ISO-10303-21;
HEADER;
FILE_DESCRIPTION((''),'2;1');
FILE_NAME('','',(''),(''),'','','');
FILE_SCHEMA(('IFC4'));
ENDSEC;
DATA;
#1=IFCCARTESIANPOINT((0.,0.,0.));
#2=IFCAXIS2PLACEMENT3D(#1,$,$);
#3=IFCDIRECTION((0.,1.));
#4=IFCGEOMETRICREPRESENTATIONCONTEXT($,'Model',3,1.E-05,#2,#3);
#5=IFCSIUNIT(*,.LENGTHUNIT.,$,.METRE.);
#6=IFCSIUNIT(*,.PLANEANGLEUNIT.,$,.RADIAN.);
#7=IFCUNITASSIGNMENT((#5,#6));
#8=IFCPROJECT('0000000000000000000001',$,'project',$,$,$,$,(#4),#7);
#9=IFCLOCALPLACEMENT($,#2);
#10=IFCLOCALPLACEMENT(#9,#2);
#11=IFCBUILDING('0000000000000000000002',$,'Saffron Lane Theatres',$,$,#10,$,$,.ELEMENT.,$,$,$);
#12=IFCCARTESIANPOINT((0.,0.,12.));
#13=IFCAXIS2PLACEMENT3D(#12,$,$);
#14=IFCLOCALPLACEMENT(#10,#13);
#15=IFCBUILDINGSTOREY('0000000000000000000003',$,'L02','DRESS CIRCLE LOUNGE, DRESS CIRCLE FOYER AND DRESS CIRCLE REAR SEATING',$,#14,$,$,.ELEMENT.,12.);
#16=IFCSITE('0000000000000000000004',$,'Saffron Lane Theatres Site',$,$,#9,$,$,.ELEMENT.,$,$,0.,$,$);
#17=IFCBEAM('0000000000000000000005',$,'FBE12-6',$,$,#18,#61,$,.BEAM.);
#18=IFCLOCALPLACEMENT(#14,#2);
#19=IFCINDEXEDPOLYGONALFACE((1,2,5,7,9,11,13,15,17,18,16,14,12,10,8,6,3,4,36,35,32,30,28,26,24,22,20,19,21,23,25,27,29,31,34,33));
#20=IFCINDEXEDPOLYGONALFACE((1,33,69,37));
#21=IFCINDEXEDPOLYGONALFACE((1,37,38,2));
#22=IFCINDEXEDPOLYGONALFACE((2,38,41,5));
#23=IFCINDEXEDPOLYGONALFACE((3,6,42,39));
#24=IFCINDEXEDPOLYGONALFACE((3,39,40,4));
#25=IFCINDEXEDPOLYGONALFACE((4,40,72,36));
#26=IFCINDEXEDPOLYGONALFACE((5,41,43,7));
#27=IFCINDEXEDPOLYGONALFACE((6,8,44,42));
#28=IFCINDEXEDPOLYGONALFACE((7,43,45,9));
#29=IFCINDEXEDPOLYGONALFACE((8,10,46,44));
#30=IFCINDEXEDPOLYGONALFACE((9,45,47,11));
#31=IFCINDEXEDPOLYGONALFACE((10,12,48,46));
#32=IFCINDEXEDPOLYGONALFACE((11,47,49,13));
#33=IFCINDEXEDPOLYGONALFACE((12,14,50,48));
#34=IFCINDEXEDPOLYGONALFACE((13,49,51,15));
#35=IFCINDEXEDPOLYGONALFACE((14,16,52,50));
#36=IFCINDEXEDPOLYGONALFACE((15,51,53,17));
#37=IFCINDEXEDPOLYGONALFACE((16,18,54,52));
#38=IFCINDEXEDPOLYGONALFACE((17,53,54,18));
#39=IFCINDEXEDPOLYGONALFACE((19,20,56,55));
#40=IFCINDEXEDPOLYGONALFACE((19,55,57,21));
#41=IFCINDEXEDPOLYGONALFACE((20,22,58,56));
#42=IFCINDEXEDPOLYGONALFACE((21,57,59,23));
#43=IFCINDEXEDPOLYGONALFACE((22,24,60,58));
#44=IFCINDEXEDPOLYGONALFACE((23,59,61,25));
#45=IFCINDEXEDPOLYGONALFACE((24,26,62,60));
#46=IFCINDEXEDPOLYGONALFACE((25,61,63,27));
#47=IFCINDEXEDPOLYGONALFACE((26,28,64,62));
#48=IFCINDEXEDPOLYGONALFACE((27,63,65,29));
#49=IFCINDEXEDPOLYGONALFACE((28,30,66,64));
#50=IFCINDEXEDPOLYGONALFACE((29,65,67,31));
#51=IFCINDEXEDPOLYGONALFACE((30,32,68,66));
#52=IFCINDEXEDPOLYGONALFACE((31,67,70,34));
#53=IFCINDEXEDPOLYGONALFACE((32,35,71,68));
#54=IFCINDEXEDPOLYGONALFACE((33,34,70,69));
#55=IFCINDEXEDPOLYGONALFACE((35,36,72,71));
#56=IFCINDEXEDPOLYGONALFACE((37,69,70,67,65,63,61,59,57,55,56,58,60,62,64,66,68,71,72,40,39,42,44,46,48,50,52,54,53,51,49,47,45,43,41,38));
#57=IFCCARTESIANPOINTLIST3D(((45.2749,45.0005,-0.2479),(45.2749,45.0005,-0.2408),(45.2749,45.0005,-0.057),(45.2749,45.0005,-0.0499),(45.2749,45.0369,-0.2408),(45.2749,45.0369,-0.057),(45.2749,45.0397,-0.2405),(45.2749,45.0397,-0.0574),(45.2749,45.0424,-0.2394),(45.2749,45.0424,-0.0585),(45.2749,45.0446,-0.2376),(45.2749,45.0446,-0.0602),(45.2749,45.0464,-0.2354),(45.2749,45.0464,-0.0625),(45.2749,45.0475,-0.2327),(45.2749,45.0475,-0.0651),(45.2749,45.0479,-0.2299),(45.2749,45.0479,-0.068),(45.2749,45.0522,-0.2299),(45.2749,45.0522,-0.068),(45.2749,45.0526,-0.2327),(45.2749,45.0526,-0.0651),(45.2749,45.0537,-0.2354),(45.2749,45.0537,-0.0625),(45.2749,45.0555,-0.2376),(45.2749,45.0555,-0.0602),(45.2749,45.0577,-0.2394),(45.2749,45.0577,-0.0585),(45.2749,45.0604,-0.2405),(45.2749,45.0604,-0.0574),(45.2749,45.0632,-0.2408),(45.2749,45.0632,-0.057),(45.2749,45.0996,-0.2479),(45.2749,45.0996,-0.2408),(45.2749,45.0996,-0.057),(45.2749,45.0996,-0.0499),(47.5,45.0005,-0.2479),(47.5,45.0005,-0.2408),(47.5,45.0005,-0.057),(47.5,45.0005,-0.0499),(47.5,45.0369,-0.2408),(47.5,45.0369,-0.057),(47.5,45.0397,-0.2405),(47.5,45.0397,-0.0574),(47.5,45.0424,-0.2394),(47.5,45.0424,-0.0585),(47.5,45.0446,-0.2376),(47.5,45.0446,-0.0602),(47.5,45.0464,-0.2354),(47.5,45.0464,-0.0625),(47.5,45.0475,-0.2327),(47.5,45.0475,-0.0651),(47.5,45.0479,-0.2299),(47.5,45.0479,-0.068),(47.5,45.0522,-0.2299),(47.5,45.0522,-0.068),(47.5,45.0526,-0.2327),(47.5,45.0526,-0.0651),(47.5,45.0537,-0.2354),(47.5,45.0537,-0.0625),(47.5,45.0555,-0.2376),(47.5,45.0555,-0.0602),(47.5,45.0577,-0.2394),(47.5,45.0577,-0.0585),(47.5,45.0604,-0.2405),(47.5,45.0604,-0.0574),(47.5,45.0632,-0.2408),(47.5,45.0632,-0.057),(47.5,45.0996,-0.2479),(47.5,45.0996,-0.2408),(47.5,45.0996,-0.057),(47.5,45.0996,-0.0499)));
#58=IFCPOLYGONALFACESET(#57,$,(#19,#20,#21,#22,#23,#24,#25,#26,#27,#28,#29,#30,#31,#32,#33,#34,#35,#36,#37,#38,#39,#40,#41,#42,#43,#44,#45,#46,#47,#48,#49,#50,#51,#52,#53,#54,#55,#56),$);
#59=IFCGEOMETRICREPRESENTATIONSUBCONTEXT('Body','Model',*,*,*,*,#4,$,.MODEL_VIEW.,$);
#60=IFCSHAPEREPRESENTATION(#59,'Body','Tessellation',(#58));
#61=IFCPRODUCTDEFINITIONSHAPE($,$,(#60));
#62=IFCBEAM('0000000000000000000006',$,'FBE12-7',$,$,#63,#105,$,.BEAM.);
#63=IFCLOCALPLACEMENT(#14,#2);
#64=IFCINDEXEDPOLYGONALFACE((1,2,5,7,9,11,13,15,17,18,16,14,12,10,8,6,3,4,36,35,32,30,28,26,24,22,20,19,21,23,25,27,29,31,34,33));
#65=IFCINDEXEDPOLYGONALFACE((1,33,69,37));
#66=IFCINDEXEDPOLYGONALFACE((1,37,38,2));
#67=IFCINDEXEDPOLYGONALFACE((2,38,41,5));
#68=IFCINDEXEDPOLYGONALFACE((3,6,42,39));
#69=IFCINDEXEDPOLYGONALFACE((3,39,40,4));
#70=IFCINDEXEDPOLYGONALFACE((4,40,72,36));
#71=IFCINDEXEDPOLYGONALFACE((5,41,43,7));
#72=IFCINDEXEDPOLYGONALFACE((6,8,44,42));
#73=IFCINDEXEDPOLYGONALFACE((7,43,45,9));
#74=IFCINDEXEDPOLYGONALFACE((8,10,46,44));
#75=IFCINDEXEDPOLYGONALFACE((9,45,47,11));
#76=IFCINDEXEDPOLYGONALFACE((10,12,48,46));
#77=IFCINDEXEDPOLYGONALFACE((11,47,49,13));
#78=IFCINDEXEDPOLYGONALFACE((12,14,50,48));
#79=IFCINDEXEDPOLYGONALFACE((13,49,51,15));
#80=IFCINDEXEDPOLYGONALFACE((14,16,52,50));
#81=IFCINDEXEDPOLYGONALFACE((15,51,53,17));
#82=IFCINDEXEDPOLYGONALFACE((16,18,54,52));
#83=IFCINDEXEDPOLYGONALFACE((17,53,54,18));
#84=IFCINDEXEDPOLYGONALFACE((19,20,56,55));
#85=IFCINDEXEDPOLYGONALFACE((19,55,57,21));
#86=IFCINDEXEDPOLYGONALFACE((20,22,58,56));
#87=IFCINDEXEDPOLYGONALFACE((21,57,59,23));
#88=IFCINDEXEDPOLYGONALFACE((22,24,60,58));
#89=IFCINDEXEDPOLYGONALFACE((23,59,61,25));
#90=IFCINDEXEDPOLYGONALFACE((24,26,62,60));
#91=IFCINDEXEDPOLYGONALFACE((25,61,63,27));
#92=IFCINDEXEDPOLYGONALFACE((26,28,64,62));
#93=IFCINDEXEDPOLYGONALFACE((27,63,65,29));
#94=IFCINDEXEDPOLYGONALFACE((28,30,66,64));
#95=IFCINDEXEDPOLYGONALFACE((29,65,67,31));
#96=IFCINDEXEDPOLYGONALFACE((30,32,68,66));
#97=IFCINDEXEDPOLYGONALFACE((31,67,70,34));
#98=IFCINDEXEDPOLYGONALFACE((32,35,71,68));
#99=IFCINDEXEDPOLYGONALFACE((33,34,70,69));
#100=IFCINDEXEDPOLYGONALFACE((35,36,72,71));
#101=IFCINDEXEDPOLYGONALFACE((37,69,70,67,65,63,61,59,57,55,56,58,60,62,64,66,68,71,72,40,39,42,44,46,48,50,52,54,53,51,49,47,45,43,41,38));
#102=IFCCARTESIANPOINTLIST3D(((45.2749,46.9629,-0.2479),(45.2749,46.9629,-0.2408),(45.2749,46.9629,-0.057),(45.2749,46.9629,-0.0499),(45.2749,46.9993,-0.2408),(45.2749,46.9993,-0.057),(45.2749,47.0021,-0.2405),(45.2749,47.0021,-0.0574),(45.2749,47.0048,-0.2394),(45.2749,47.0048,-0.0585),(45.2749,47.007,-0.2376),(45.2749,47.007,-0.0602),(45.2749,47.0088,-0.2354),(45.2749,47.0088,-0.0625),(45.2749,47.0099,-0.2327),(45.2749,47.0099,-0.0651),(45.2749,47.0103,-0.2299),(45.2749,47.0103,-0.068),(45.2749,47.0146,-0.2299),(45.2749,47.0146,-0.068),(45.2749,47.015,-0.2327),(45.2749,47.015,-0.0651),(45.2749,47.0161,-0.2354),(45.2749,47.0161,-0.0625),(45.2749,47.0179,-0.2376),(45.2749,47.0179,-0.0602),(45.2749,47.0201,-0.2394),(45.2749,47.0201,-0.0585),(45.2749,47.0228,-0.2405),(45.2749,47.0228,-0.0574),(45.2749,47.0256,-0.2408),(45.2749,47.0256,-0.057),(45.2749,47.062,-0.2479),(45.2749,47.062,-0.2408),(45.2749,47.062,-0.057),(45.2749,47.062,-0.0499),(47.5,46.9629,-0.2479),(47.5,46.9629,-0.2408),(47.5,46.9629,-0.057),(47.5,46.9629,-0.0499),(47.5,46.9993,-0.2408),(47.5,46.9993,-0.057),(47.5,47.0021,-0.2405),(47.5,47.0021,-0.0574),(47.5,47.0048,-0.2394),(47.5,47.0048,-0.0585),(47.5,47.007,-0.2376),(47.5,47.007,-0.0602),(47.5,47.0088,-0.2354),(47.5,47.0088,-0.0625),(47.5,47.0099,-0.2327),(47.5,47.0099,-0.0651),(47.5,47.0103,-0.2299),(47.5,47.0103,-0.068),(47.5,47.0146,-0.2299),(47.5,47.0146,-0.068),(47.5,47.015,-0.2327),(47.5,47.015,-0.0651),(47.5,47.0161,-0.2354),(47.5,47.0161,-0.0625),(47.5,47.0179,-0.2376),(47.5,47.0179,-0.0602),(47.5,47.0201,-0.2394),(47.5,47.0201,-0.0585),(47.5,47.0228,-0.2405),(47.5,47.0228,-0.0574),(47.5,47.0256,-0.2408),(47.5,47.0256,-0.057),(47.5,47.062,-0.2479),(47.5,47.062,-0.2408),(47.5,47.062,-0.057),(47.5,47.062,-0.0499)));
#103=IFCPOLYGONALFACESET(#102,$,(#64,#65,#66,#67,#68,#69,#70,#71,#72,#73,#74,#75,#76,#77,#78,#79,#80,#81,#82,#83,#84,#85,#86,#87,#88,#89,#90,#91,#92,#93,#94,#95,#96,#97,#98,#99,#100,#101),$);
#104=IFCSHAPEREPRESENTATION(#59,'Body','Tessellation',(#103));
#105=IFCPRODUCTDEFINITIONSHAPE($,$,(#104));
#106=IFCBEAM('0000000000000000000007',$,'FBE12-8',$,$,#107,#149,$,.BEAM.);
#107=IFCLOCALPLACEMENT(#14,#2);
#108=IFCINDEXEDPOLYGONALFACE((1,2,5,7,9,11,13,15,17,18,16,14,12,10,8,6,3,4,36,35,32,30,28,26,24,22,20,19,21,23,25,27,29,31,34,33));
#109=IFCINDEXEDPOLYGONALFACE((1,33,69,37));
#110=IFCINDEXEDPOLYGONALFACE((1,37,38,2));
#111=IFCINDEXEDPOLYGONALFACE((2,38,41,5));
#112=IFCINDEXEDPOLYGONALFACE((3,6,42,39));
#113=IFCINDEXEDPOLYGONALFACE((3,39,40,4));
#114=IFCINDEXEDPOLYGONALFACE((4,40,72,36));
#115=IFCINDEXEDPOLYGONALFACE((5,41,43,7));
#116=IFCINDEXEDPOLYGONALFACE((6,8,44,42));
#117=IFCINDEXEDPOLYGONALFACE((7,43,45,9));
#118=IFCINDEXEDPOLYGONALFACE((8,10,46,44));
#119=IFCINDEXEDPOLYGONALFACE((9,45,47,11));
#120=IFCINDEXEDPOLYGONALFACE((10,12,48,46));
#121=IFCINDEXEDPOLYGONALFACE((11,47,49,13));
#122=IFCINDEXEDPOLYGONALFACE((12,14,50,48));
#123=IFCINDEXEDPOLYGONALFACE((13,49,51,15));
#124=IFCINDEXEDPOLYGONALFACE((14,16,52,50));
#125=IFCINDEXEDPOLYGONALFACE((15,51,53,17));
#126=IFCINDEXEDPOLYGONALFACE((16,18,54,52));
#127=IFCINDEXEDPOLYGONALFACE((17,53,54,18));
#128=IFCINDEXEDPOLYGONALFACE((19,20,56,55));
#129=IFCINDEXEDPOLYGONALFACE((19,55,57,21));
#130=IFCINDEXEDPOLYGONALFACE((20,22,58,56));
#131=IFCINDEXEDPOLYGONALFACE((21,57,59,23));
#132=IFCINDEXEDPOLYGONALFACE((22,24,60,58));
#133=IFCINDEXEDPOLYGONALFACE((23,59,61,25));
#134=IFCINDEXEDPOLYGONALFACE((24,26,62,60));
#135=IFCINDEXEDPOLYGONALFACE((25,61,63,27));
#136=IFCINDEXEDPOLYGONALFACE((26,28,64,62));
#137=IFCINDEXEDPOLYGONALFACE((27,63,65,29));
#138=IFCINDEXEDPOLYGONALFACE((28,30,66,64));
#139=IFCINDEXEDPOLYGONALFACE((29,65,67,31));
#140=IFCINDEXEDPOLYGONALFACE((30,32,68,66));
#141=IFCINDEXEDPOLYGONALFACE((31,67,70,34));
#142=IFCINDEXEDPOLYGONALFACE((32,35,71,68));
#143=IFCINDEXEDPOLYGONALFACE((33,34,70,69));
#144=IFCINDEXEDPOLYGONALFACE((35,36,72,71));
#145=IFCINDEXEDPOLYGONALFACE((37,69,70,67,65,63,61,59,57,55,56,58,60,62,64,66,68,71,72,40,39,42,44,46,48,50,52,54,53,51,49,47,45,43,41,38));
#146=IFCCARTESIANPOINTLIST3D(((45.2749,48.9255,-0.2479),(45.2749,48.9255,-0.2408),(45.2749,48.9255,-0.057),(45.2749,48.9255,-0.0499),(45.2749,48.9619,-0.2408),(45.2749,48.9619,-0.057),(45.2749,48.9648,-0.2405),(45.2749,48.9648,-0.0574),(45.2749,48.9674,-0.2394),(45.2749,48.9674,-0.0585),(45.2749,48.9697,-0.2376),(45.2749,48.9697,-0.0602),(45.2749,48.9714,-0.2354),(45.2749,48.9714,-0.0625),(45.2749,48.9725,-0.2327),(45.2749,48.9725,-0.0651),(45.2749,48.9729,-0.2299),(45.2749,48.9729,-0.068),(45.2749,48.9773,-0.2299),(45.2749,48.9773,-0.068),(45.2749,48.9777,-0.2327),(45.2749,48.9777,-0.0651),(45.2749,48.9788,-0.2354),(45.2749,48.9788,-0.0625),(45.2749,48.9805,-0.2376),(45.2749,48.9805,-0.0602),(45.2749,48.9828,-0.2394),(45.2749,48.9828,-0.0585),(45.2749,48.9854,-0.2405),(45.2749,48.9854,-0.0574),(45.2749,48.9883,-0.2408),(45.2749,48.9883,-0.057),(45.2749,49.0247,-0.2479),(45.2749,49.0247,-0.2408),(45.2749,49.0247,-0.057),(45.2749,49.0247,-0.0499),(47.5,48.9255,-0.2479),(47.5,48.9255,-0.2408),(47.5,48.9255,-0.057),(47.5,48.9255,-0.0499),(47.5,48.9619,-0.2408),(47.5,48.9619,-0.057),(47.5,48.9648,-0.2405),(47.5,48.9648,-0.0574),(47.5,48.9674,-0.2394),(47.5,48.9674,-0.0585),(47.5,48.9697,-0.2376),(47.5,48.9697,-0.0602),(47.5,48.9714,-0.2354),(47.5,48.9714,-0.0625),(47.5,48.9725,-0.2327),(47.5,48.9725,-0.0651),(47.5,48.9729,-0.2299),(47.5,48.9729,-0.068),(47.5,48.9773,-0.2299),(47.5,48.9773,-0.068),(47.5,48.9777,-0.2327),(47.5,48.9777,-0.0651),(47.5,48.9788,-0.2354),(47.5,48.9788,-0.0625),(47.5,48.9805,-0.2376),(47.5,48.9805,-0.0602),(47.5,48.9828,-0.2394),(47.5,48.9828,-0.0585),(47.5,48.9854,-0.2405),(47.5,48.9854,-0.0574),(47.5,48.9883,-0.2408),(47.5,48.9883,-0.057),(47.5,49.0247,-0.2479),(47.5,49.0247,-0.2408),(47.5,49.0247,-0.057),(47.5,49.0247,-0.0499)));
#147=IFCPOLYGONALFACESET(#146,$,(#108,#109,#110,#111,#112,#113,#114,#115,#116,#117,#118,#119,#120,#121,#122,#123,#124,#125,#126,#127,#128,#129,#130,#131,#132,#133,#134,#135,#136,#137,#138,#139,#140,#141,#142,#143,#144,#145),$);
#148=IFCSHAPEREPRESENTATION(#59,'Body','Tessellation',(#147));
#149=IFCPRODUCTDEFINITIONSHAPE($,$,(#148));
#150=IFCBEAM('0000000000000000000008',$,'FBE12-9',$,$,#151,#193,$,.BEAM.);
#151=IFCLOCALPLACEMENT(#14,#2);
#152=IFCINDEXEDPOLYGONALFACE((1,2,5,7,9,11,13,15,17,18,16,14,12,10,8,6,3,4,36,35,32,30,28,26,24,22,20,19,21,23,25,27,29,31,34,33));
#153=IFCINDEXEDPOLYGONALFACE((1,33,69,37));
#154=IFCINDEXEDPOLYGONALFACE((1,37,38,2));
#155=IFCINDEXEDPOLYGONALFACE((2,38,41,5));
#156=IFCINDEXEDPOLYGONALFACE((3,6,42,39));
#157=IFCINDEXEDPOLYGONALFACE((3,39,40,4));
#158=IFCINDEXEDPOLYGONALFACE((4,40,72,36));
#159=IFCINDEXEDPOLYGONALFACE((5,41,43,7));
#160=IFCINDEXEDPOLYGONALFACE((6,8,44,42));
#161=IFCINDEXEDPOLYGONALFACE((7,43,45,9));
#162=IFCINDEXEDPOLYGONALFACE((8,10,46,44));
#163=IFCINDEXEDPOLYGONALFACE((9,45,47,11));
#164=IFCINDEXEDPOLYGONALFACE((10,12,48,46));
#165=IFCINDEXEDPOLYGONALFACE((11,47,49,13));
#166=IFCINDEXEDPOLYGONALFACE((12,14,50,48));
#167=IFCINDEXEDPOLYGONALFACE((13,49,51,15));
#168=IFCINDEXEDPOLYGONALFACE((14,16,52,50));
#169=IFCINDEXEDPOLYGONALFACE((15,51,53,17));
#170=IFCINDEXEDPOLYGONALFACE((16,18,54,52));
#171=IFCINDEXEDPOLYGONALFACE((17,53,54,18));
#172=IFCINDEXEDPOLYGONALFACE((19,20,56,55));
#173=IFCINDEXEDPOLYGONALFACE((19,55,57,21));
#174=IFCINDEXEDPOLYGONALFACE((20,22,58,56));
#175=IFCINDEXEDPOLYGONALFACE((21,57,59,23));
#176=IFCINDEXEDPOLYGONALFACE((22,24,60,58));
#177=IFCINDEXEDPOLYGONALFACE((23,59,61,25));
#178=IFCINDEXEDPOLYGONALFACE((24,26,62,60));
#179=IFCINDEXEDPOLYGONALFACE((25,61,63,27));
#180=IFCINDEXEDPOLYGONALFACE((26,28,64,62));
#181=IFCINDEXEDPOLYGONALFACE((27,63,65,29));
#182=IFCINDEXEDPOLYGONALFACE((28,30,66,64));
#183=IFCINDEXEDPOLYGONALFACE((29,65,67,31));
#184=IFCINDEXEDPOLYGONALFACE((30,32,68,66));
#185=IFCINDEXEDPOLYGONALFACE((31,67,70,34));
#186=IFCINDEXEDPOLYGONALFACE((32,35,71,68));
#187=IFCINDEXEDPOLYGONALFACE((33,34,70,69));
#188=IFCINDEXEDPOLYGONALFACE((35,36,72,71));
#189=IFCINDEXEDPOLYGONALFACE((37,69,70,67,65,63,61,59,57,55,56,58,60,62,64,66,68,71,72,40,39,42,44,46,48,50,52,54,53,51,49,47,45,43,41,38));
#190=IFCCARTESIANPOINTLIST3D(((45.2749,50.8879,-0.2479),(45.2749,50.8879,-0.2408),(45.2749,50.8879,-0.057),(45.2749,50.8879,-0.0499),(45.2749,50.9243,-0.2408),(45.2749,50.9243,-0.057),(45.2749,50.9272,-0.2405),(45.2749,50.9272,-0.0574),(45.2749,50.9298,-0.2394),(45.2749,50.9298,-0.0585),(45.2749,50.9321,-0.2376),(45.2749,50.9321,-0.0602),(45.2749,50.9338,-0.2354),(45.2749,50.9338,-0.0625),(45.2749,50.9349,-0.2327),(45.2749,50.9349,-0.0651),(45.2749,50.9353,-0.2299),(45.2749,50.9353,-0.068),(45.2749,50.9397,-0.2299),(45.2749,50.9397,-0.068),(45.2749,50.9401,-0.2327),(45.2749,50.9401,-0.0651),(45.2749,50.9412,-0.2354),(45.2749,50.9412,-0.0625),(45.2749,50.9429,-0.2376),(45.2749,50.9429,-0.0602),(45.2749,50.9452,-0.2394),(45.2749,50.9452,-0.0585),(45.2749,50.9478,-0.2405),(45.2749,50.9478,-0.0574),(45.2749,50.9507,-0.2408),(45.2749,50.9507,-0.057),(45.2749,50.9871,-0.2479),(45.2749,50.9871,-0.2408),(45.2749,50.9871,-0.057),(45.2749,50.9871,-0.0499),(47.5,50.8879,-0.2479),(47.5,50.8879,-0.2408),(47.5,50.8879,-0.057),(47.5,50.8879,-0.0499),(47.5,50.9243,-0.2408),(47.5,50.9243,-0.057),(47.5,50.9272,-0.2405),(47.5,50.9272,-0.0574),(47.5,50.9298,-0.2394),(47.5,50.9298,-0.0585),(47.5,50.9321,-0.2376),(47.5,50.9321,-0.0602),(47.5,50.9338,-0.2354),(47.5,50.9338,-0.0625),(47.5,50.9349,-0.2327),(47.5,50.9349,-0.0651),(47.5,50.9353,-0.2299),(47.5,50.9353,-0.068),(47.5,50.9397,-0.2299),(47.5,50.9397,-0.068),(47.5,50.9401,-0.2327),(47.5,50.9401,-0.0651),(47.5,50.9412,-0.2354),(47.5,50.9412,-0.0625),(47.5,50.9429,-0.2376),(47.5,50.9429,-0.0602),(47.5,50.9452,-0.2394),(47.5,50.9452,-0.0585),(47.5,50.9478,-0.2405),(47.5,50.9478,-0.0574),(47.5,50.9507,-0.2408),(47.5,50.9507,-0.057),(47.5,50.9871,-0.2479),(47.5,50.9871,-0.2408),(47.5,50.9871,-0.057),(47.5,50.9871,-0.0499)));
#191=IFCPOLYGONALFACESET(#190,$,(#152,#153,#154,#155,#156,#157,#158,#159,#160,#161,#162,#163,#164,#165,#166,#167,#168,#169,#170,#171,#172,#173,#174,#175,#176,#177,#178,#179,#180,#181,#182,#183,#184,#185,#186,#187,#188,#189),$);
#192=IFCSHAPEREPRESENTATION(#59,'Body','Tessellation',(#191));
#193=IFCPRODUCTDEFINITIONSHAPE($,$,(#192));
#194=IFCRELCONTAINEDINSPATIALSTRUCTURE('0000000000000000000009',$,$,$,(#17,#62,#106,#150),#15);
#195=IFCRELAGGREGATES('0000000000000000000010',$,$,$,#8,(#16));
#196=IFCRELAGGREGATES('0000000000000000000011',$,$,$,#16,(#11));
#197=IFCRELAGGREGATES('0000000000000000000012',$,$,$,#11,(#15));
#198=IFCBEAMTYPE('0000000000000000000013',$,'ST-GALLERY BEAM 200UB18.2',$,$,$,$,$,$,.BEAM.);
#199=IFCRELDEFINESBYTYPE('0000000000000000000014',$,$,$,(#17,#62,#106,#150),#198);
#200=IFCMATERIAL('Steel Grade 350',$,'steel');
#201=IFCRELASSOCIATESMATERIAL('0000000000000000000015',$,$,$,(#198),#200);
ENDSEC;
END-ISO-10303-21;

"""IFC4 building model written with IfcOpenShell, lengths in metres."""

from ifc_helpers import new_model, si_unit, direction, frame, origin, origin_2d, place, context, subcontext, project, spatial, i_section, extrude, material, material_profile, profile_set, type_object, element, save


model = new_model("IFC4")

# Units and contexts
model_context = context("Model", 3, precision=1e-05, world=origin(), true_north=direction((0.0, 1.0)))
body_context = subcontext(model_context, "Body", "Model", "MODEL_VIEW")
ifc_project = project(units=[si_unit("LENGTHUNIT", "METRE"), si_unit("PLANEANGLEUNIT", "RADIAN")], contexts=[model_context])

# Site, building, storey
site_placement = place(None, origin())
site = spatial("IfcSite", under=ifc_project, at=site_placement, Name="Saffron Lane Theatres Site", CompositionType="ELEMENT", RefElevation=0.0)
building_placement = place(site_placement, origin())
building = spatial("IfcBuilding", under=site, at=building_placement, Name="Saffron Lane Theatres", CompositionType="ELEMENT")
storey_placement = place(building_placement, frame((0.0, 0.0, 12.0)))
storey = spatial("IfcBuildingStorey", under=building, at=storey_placement, Name="L02", Description="DRESS CIRCLE LOUNGE, DRESS CIRCLE FOYER AND DRESS CIRCLE REAR SEATING", CompositionType="ELEMENT", Elevation=12.0)

# Beams
ifc_material_1 = material(Name="Steel Grade 350", Category="steel")
ifc_material_profile_1 = material_profile(ifc_material_1, i_section(OverallWidth=0.0991, OverallDepth=0.198, WebThickness=0.0044, FlangeThickness=0.0071, FilletRadius=0.011, at=origin_2d()))
ifc_profile_set_1 = profile_set([ifc_material_profile_1], Name="Steel Grade 350")
beam_type_1 = type_object("IfcBeamType", Name="ST-GALLERY BEAM 200UB18.2", PredefinedType="BEAM", material=ifc_profile_set_1)
for number, where, z_axis, x_axis, name in (
    (1, (45.2749, 45.05, -0.1489), (1.0, 0.0, 0.0), (0.0, 1.0, 0.0), "FBE12-6"),
    (2, (45.2749, 47.0125, -0.1489), (1.0, 0.0, 0.0), (0.0, 1.0, 0.0), "FBE12-7"),
    (3, (45.2749, 48.9751, -0.1489), (1.0, 0.0, 0.0), (0.0, 1.0, 0.0), "FBE12-8"),
    (4, (45.2749, 50.9375, -0.1489), (1.0, 0.0, 0.0), (0.0, 1.0, 0.0), "FBE12-9"),
):
    element("IfcBeam", number, at=place(storey_placement, frame(where, z_axis=z_axis, x_axis=x_axis)), inside=storey, type_object=beam_type_1, Name=name, PredefinedType="BEAM", context=body_context, shape_type="SweptSolid", body=[
        extrude(i_section(OverallWidth=0.0991, OverallDepth=0.198, WebThickness=0.0044, FlangeThickness=0.0071, FilletRadius=0.011, at=origin_2d()), origin(), (0.0, 0.0, 1.0), 2.2251),
    ])

save(model, "model.ifc")
